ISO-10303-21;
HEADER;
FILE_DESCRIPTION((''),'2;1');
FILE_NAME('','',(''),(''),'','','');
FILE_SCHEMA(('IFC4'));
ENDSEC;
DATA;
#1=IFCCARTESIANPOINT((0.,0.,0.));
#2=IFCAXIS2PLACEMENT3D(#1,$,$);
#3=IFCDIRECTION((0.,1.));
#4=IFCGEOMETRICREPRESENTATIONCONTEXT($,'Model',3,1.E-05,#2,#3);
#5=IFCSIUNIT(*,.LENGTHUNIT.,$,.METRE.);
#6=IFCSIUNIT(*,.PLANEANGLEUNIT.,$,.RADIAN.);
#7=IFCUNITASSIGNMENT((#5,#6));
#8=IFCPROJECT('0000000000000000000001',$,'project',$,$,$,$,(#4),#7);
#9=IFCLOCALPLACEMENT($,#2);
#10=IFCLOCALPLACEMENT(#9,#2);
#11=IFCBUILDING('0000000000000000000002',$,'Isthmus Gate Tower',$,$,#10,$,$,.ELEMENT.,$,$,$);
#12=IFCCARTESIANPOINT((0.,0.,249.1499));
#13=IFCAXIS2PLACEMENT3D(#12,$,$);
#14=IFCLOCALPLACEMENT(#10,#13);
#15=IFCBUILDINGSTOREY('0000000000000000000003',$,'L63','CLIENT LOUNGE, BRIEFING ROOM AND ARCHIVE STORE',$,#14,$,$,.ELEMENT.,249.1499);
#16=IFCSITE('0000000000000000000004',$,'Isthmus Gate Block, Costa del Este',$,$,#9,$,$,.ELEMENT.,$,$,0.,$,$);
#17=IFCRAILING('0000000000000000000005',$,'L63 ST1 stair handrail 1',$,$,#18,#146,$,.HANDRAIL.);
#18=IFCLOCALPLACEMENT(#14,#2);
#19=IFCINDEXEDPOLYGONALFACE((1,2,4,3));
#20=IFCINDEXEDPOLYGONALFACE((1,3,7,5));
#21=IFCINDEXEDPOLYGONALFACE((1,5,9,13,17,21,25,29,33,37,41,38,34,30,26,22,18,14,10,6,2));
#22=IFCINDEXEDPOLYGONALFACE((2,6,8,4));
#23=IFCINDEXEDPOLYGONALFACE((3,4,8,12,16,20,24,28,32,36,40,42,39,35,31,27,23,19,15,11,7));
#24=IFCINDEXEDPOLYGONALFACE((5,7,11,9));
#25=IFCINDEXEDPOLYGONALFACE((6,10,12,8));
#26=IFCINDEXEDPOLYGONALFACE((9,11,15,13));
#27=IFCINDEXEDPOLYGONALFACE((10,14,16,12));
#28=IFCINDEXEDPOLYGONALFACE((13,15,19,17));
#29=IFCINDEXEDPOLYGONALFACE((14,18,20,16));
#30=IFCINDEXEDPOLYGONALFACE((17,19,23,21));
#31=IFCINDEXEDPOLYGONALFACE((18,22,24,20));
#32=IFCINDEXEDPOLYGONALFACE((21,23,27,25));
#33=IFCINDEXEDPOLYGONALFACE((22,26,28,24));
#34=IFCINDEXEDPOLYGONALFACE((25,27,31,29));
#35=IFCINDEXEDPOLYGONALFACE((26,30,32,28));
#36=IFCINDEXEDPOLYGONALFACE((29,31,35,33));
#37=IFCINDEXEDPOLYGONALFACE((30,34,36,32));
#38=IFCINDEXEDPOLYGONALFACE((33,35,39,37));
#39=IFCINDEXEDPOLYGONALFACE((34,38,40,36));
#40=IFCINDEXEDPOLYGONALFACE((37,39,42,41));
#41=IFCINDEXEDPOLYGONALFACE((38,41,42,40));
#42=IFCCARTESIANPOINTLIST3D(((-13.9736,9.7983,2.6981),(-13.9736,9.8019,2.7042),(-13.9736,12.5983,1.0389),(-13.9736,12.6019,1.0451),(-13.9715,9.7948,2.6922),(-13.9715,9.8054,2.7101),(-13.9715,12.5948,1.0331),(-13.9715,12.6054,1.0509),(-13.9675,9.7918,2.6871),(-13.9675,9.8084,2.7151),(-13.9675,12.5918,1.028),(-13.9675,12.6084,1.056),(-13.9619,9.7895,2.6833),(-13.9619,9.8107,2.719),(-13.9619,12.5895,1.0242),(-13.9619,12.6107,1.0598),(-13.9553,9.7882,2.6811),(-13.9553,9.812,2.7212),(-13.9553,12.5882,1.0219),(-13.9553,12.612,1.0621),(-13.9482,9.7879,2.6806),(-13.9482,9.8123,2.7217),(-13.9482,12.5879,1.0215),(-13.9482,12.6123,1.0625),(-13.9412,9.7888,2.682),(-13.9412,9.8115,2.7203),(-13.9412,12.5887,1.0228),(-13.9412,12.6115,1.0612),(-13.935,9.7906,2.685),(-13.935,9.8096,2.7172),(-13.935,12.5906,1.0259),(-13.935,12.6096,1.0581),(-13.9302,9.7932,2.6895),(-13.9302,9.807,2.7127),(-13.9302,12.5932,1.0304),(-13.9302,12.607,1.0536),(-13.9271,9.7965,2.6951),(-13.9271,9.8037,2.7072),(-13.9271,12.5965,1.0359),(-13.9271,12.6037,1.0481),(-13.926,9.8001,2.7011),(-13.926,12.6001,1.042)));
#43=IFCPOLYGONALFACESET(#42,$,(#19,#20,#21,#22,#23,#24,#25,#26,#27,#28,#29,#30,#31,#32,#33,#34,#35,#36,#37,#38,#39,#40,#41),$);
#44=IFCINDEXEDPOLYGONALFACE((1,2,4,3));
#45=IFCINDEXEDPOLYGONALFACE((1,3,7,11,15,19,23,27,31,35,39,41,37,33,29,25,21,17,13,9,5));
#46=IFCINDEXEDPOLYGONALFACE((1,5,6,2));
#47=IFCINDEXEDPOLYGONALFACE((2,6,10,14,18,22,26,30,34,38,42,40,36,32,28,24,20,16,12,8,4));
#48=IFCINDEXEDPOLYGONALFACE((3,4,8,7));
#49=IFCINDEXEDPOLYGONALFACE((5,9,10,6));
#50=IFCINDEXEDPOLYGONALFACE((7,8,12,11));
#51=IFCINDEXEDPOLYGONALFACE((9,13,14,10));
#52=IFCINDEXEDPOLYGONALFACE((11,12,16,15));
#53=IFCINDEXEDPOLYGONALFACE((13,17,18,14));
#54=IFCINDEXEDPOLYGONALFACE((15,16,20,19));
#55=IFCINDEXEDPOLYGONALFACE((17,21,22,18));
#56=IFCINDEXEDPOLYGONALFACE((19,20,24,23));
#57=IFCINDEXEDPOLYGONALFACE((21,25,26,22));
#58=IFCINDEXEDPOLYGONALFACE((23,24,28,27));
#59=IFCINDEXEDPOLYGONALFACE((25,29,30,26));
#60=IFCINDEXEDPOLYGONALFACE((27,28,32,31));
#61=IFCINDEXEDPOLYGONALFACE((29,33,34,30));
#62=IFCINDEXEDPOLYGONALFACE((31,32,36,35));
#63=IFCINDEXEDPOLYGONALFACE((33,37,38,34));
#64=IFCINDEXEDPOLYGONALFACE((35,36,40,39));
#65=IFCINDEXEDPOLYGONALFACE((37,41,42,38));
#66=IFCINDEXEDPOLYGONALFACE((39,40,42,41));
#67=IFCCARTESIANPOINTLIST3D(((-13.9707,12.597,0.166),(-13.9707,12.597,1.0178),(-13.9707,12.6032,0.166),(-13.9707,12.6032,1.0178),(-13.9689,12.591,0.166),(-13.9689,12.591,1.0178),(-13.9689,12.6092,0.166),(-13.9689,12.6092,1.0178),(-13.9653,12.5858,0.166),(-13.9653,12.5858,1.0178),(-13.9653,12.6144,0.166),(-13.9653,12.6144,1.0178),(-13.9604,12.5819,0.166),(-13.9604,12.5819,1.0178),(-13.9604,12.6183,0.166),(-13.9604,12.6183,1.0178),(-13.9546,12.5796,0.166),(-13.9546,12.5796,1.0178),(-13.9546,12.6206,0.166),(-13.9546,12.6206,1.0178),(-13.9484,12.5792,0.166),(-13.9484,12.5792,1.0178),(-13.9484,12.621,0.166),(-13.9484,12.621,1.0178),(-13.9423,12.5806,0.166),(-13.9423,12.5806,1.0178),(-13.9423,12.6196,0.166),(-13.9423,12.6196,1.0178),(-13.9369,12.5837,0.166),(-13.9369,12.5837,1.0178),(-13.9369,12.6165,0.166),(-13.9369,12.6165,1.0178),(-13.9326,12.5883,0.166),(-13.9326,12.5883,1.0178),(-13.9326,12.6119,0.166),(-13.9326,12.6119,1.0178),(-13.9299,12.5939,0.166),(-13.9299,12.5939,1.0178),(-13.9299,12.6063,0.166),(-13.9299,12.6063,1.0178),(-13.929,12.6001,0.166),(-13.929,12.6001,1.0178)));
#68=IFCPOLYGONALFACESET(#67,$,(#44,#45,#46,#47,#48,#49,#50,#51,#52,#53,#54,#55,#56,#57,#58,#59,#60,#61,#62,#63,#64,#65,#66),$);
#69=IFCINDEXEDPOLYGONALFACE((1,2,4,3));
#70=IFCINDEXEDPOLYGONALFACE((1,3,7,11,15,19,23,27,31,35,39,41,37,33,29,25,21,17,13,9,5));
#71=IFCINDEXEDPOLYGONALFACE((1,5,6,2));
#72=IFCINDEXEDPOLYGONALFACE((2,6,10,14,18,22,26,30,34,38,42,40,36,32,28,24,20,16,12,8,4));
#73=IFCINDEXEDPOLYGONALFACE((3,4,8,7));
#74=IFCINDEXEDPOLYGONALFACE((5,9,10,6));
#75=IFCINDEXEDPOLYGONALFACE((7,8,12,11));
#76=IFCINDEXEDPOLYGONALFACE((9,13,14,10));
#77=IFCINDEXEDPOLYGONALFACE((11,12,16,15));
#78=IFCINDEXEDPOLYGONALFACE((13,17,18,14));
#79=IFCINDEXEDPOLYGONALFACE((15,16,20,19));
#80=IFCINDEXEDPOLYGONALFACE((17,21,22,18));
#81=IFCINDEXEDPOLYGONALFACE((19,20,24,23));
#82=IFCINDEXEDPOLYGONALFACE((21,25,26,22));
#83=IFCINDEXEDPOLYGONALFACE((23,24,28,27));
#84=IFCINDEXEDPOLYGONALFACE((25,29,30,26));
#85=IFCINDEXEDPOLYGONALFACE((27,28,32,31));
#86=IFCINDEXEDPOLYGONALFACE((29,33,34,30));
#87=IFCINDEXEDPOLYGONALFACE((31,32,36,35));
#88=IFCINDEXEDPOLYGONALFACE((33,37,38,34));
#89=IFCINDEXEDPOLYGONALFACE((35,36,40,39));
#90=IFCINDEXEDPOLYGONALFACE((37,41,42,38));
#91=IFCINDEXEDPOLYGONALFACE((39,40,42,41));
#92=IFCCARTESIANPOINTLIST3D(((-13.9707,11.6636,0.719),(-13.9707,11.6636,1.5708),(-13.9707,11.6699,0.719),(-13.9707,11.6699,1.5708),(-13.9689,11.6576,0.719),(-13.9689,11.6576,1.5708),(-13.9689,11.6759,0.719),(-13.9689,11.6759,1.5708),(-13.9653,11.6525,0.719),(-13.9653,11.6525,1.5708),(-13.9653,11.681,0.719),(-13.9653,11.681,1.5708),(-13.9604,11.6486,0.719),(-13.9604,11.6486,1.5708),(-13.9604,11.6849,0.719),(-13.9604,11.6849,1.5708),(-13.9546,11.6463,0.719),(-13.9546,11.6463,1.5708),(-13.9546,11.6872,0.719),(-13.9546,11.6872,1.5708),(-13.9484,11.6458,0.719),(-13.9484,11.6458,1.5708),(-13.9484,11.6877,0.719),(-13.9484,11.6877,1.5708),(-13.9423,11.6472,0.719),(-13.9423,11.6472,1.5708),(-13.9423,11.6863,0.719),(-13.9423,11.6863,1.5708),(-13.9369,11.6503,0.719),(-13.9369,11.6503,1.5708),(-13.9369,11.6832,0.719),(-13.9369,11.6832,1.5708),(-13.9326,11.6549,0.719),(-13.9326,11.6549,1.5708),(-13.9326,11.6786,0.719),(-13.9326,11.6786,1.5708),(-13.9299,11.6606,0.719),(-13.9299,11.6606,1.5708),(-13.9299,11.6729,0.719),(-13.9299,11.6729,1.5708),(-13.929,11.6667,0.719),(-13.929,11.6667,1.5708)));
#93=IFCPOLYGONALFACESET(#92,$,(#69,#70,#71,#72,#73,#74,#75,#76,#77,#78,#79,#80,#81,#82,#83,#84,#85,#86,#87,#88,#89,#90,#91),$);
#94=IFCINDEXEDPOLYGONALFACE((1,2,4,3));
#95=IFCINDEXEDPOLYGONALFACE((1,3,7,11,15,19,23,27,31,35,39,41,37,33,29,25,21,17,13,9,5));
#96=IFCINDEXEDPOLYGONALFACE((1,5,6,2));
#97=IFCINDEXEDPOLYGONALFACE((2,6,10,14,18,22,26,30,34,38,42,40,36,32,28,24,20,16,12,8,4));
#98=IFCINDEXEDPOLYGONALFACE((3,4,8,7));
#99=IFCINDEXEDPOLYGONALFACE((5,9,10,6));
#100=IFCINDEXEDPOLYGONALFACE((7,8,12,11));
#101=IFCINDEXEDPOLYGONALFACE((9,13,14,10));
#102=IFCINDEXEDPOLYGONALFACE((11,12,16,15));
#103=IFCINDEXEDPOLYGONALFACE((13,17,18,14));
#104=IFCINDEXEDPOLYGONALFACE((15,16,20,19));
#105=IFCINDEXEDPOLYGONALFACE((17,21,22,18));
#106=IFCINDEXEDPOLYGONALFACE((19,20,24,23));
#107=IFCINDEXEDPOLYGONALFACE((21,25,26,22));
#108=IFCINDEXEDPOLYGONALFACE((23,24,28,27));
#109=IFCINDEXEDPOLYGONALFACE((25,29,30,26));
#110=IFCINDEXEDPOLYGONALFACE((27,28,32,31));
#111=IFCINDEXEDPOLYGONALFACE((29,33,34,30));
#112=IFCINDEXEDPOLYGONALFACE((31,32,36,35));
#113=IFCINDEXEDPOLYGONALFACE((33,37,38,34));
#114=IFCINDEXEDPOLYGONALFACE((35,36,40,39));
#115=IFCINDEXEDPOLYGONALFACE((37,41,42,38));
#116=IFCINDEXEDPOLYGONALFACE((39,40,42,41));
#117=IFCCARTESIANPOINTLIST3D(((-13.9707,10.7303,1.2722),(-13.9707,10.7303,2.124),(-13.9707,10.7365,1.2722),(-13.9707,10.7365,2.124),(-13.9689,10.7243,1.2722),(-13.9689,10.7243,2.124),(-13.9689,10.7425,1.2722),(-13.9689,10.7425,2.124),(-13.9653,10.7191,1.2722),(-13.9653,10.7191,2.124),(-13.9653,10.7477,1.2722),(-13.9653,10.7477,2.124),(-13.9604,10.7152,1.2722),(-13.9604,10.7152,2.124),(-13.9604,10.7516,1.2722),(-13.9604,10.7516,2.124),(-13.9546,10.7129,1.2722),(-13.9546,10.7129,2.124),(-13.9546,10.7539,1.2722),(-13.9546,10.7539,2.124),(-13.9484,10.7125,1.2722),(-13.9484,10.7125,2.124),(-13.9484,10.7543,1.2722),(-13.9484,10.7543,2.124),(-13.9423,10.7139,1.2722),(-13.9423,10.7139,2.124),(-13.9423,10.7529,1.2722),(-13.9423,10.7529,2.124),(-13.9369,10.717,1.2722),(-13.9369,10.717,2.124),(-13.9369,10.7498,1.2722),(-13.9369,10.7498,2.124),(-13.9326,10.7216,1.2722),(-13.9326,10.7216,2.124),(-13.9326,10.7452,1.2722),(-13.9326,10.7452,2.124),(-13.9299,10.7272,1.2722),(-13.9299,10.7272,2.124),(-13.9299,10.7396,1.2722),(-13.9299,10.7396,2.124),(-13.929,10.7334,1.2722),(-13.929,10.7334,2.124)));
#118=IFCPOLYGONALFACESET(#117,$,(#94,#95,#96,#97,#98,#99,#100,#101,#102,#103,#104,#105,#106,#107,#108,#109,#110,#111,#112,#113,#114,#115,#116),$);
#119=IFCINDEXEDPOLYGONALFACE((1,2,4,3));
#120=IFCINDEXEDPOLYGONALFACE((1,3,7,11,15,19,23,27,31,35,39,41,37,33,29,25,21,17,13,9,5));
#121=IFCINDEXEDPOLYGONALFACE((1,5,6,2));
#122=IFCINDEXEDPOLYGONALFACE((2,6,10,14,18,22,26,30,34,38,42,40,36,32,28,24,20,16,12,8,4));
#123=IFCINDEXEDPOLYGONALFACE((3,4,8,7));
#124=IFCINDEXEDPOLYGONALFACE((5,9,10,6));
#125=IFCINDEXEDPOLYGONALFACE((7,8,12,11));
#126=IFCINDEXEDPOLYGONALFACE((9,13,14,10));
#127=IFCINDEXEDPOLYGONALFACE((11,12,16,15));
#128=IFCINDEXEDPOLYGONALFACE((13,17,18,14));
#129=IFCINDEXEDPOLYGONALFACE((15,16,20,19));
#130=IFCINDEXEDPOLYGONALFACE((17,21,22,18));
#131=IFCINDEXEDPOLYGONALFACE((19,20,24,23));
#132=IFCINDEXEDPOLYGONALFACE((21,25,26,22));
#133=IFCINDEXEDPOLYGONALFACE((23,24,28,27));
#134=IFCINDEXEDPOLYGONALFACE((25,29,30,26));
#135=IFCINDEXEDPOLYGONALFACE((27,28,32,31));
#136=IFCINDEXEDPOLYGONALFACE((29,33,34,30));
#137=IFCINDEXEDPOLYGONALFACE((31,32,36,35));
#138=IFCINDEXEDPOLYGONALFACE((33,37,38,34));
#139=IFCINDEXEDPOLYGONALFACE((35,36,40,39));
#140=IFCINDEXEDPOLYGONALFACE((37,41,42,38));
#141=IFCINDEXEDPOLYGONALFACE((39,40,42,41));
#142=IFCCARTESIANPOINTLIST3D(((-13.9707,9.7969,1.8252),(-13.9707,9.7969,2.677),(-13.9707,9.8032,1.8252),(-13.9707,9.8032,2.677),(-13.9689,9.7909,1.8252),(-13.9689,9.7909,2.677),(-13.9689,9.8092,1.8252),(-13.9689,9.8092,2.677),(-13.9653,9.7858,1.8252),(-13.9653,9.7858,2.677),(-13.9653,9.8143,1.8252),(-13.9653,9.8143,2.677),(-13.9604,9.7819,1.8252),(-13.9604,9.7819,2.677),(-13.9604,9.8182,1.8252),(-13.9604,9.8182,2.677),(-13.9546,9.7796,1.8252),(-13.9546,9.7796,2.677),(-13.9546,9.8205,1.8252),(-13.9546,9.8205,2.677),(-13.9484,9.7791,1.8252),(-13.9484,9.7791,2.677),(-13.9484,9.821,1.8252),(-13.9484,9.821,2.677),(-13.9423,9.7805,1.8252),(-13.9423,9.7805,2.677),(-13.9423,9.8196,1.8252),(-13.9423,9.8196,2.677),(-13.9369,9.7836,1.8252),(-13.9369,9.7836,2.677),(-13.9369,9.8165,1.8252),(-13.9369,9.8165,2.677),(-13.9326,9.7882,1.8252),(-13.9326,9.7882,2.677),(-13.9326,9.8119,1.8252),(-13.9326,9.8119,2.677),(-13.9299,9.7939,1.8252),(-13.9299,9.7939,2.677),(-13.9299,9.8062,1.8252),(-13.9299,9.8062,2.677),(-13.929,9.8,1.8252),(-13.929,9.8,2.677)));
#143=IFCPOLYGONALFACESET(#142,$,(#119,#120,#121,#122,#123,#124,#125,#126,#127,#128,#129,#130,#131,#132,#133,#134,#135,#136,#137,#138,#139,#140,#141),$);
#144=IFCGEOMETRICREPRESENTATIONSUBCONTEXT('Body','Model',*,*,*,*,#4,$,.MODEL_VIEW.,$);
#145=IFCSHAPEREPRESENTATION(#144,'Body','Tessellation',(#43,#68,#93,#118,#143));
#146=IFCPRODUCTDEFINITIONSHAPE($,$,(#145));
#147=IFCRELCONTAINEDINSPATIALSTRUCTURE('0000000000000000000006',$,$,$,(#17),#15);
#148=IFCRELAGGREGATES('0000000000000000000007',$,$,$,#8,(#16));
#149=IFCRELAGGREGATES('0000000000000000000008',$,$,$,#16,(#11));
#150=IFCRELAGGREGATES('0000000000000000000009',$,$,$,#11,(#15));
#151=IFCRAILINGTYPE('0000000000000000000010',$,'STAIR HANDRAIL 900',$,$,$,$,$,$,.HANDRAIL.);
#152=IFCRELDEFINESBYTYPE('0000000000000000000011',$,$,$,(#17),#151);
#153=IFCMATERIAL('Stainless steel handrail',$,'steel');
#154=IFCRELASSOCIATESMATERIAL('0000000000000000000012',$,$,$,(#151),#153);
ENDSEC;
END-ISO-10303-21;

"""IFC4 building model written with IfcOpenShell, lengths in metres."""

from ifc_helpers import new_model, si_unit, direction, frame, origin, origin_2d, place, context, subcontext, project, spatial, circle, extrude, material, type_object, element, save


model = new_model("IFC4")

# Units and contexts
model_context = context("Model", 3, precision=1e-05, world=origin(), true_north=direction((0.0, 1.0)))
body_context = subcontext(model_context, "Body", "Model", "MODEL_VIEW")
ifc_project = project(units=[si_unit("LENGTHUNIT", "METRE"), si_unit("PLANEANGLEUNIT", "RADIAN")], contexts=[model_context])

# Site, building, storey
site_placement = place(None, origin())
site = spatial("IfcSite", under=ifc_project, at=site_placement, Name="Isthmus Gate Block, Costa del Este", CompositionType="ELEMENT", RefElevation=0.0)
building_placement = place(site_placement, origin())
building = spatial("IfcBuilding", under=site, at=building_placement, Name="Isthmus Gate Tower", CompositionType="ELEMENT")
storey_placement = place(building_placement, frame((0.0, 0.0, 249.1499)))
storey = spatial("IfcBuildingStorey", under=building, at=storey_placement, Name="L63", Description="CLIENT LOUNGE, BRIEFING ROOM AND ARCHIVE STORE", CompositionType="ELEMENT", Elevation=249.1499)

# Railing
ifc_material_1 = material(Name="Stainless steel handrail", Category="steel")
railing_type_1 = type_object("IfcRailingType", Name="STAIR HANDRAIL 900", PredefinedType="HANDRAIL", material=ifc_material_1)
railing_1_placement = place(storey_placement, frame((-13.95, 12.6001, 0.166)))
element("IfcRailing", 1, at=railing_1_placement, inside=storey, type_object=railing_type_1, Name="L63 ST1 stair handrail 1", PredefinedType="HANDRAIL", context=body_context, shape_type="SweptSolid", body=[
    extrude(circle(Radius=0.0239, at=origin_2d()), frame((0.0, 0.0, 0.876), z_axis=(0.0, -0.860306, 0.509778), x_axis=(1.0, 0.0, 0.0)), (0.0, 0.0, 1.0), 3.2546),
    extrude(circle(Radius=0.021, at=origin_2d()), origin(), (0.0, 0.0, 1.0), 0.8518),
    extrude(circle(Radius=0.021, at=origin_2d()), frame((0.0, -0.9333, 0.553)), (0.0, 0.0, 1.0), 0.8518),
    extrude(circle(Radius=0.021, at=origin_2d()), frame((0.0, -1.8667, 1.1062)), (0.0, 0.0, 1.0), 0.8518),
    extrude(circle(Radius=0.021, at=origin_2d()), frame((0.0, -2.8, 1.6592)), (0.0, 0.0, 1.0), 0.8518),
])

save(model, "model.ifc")
